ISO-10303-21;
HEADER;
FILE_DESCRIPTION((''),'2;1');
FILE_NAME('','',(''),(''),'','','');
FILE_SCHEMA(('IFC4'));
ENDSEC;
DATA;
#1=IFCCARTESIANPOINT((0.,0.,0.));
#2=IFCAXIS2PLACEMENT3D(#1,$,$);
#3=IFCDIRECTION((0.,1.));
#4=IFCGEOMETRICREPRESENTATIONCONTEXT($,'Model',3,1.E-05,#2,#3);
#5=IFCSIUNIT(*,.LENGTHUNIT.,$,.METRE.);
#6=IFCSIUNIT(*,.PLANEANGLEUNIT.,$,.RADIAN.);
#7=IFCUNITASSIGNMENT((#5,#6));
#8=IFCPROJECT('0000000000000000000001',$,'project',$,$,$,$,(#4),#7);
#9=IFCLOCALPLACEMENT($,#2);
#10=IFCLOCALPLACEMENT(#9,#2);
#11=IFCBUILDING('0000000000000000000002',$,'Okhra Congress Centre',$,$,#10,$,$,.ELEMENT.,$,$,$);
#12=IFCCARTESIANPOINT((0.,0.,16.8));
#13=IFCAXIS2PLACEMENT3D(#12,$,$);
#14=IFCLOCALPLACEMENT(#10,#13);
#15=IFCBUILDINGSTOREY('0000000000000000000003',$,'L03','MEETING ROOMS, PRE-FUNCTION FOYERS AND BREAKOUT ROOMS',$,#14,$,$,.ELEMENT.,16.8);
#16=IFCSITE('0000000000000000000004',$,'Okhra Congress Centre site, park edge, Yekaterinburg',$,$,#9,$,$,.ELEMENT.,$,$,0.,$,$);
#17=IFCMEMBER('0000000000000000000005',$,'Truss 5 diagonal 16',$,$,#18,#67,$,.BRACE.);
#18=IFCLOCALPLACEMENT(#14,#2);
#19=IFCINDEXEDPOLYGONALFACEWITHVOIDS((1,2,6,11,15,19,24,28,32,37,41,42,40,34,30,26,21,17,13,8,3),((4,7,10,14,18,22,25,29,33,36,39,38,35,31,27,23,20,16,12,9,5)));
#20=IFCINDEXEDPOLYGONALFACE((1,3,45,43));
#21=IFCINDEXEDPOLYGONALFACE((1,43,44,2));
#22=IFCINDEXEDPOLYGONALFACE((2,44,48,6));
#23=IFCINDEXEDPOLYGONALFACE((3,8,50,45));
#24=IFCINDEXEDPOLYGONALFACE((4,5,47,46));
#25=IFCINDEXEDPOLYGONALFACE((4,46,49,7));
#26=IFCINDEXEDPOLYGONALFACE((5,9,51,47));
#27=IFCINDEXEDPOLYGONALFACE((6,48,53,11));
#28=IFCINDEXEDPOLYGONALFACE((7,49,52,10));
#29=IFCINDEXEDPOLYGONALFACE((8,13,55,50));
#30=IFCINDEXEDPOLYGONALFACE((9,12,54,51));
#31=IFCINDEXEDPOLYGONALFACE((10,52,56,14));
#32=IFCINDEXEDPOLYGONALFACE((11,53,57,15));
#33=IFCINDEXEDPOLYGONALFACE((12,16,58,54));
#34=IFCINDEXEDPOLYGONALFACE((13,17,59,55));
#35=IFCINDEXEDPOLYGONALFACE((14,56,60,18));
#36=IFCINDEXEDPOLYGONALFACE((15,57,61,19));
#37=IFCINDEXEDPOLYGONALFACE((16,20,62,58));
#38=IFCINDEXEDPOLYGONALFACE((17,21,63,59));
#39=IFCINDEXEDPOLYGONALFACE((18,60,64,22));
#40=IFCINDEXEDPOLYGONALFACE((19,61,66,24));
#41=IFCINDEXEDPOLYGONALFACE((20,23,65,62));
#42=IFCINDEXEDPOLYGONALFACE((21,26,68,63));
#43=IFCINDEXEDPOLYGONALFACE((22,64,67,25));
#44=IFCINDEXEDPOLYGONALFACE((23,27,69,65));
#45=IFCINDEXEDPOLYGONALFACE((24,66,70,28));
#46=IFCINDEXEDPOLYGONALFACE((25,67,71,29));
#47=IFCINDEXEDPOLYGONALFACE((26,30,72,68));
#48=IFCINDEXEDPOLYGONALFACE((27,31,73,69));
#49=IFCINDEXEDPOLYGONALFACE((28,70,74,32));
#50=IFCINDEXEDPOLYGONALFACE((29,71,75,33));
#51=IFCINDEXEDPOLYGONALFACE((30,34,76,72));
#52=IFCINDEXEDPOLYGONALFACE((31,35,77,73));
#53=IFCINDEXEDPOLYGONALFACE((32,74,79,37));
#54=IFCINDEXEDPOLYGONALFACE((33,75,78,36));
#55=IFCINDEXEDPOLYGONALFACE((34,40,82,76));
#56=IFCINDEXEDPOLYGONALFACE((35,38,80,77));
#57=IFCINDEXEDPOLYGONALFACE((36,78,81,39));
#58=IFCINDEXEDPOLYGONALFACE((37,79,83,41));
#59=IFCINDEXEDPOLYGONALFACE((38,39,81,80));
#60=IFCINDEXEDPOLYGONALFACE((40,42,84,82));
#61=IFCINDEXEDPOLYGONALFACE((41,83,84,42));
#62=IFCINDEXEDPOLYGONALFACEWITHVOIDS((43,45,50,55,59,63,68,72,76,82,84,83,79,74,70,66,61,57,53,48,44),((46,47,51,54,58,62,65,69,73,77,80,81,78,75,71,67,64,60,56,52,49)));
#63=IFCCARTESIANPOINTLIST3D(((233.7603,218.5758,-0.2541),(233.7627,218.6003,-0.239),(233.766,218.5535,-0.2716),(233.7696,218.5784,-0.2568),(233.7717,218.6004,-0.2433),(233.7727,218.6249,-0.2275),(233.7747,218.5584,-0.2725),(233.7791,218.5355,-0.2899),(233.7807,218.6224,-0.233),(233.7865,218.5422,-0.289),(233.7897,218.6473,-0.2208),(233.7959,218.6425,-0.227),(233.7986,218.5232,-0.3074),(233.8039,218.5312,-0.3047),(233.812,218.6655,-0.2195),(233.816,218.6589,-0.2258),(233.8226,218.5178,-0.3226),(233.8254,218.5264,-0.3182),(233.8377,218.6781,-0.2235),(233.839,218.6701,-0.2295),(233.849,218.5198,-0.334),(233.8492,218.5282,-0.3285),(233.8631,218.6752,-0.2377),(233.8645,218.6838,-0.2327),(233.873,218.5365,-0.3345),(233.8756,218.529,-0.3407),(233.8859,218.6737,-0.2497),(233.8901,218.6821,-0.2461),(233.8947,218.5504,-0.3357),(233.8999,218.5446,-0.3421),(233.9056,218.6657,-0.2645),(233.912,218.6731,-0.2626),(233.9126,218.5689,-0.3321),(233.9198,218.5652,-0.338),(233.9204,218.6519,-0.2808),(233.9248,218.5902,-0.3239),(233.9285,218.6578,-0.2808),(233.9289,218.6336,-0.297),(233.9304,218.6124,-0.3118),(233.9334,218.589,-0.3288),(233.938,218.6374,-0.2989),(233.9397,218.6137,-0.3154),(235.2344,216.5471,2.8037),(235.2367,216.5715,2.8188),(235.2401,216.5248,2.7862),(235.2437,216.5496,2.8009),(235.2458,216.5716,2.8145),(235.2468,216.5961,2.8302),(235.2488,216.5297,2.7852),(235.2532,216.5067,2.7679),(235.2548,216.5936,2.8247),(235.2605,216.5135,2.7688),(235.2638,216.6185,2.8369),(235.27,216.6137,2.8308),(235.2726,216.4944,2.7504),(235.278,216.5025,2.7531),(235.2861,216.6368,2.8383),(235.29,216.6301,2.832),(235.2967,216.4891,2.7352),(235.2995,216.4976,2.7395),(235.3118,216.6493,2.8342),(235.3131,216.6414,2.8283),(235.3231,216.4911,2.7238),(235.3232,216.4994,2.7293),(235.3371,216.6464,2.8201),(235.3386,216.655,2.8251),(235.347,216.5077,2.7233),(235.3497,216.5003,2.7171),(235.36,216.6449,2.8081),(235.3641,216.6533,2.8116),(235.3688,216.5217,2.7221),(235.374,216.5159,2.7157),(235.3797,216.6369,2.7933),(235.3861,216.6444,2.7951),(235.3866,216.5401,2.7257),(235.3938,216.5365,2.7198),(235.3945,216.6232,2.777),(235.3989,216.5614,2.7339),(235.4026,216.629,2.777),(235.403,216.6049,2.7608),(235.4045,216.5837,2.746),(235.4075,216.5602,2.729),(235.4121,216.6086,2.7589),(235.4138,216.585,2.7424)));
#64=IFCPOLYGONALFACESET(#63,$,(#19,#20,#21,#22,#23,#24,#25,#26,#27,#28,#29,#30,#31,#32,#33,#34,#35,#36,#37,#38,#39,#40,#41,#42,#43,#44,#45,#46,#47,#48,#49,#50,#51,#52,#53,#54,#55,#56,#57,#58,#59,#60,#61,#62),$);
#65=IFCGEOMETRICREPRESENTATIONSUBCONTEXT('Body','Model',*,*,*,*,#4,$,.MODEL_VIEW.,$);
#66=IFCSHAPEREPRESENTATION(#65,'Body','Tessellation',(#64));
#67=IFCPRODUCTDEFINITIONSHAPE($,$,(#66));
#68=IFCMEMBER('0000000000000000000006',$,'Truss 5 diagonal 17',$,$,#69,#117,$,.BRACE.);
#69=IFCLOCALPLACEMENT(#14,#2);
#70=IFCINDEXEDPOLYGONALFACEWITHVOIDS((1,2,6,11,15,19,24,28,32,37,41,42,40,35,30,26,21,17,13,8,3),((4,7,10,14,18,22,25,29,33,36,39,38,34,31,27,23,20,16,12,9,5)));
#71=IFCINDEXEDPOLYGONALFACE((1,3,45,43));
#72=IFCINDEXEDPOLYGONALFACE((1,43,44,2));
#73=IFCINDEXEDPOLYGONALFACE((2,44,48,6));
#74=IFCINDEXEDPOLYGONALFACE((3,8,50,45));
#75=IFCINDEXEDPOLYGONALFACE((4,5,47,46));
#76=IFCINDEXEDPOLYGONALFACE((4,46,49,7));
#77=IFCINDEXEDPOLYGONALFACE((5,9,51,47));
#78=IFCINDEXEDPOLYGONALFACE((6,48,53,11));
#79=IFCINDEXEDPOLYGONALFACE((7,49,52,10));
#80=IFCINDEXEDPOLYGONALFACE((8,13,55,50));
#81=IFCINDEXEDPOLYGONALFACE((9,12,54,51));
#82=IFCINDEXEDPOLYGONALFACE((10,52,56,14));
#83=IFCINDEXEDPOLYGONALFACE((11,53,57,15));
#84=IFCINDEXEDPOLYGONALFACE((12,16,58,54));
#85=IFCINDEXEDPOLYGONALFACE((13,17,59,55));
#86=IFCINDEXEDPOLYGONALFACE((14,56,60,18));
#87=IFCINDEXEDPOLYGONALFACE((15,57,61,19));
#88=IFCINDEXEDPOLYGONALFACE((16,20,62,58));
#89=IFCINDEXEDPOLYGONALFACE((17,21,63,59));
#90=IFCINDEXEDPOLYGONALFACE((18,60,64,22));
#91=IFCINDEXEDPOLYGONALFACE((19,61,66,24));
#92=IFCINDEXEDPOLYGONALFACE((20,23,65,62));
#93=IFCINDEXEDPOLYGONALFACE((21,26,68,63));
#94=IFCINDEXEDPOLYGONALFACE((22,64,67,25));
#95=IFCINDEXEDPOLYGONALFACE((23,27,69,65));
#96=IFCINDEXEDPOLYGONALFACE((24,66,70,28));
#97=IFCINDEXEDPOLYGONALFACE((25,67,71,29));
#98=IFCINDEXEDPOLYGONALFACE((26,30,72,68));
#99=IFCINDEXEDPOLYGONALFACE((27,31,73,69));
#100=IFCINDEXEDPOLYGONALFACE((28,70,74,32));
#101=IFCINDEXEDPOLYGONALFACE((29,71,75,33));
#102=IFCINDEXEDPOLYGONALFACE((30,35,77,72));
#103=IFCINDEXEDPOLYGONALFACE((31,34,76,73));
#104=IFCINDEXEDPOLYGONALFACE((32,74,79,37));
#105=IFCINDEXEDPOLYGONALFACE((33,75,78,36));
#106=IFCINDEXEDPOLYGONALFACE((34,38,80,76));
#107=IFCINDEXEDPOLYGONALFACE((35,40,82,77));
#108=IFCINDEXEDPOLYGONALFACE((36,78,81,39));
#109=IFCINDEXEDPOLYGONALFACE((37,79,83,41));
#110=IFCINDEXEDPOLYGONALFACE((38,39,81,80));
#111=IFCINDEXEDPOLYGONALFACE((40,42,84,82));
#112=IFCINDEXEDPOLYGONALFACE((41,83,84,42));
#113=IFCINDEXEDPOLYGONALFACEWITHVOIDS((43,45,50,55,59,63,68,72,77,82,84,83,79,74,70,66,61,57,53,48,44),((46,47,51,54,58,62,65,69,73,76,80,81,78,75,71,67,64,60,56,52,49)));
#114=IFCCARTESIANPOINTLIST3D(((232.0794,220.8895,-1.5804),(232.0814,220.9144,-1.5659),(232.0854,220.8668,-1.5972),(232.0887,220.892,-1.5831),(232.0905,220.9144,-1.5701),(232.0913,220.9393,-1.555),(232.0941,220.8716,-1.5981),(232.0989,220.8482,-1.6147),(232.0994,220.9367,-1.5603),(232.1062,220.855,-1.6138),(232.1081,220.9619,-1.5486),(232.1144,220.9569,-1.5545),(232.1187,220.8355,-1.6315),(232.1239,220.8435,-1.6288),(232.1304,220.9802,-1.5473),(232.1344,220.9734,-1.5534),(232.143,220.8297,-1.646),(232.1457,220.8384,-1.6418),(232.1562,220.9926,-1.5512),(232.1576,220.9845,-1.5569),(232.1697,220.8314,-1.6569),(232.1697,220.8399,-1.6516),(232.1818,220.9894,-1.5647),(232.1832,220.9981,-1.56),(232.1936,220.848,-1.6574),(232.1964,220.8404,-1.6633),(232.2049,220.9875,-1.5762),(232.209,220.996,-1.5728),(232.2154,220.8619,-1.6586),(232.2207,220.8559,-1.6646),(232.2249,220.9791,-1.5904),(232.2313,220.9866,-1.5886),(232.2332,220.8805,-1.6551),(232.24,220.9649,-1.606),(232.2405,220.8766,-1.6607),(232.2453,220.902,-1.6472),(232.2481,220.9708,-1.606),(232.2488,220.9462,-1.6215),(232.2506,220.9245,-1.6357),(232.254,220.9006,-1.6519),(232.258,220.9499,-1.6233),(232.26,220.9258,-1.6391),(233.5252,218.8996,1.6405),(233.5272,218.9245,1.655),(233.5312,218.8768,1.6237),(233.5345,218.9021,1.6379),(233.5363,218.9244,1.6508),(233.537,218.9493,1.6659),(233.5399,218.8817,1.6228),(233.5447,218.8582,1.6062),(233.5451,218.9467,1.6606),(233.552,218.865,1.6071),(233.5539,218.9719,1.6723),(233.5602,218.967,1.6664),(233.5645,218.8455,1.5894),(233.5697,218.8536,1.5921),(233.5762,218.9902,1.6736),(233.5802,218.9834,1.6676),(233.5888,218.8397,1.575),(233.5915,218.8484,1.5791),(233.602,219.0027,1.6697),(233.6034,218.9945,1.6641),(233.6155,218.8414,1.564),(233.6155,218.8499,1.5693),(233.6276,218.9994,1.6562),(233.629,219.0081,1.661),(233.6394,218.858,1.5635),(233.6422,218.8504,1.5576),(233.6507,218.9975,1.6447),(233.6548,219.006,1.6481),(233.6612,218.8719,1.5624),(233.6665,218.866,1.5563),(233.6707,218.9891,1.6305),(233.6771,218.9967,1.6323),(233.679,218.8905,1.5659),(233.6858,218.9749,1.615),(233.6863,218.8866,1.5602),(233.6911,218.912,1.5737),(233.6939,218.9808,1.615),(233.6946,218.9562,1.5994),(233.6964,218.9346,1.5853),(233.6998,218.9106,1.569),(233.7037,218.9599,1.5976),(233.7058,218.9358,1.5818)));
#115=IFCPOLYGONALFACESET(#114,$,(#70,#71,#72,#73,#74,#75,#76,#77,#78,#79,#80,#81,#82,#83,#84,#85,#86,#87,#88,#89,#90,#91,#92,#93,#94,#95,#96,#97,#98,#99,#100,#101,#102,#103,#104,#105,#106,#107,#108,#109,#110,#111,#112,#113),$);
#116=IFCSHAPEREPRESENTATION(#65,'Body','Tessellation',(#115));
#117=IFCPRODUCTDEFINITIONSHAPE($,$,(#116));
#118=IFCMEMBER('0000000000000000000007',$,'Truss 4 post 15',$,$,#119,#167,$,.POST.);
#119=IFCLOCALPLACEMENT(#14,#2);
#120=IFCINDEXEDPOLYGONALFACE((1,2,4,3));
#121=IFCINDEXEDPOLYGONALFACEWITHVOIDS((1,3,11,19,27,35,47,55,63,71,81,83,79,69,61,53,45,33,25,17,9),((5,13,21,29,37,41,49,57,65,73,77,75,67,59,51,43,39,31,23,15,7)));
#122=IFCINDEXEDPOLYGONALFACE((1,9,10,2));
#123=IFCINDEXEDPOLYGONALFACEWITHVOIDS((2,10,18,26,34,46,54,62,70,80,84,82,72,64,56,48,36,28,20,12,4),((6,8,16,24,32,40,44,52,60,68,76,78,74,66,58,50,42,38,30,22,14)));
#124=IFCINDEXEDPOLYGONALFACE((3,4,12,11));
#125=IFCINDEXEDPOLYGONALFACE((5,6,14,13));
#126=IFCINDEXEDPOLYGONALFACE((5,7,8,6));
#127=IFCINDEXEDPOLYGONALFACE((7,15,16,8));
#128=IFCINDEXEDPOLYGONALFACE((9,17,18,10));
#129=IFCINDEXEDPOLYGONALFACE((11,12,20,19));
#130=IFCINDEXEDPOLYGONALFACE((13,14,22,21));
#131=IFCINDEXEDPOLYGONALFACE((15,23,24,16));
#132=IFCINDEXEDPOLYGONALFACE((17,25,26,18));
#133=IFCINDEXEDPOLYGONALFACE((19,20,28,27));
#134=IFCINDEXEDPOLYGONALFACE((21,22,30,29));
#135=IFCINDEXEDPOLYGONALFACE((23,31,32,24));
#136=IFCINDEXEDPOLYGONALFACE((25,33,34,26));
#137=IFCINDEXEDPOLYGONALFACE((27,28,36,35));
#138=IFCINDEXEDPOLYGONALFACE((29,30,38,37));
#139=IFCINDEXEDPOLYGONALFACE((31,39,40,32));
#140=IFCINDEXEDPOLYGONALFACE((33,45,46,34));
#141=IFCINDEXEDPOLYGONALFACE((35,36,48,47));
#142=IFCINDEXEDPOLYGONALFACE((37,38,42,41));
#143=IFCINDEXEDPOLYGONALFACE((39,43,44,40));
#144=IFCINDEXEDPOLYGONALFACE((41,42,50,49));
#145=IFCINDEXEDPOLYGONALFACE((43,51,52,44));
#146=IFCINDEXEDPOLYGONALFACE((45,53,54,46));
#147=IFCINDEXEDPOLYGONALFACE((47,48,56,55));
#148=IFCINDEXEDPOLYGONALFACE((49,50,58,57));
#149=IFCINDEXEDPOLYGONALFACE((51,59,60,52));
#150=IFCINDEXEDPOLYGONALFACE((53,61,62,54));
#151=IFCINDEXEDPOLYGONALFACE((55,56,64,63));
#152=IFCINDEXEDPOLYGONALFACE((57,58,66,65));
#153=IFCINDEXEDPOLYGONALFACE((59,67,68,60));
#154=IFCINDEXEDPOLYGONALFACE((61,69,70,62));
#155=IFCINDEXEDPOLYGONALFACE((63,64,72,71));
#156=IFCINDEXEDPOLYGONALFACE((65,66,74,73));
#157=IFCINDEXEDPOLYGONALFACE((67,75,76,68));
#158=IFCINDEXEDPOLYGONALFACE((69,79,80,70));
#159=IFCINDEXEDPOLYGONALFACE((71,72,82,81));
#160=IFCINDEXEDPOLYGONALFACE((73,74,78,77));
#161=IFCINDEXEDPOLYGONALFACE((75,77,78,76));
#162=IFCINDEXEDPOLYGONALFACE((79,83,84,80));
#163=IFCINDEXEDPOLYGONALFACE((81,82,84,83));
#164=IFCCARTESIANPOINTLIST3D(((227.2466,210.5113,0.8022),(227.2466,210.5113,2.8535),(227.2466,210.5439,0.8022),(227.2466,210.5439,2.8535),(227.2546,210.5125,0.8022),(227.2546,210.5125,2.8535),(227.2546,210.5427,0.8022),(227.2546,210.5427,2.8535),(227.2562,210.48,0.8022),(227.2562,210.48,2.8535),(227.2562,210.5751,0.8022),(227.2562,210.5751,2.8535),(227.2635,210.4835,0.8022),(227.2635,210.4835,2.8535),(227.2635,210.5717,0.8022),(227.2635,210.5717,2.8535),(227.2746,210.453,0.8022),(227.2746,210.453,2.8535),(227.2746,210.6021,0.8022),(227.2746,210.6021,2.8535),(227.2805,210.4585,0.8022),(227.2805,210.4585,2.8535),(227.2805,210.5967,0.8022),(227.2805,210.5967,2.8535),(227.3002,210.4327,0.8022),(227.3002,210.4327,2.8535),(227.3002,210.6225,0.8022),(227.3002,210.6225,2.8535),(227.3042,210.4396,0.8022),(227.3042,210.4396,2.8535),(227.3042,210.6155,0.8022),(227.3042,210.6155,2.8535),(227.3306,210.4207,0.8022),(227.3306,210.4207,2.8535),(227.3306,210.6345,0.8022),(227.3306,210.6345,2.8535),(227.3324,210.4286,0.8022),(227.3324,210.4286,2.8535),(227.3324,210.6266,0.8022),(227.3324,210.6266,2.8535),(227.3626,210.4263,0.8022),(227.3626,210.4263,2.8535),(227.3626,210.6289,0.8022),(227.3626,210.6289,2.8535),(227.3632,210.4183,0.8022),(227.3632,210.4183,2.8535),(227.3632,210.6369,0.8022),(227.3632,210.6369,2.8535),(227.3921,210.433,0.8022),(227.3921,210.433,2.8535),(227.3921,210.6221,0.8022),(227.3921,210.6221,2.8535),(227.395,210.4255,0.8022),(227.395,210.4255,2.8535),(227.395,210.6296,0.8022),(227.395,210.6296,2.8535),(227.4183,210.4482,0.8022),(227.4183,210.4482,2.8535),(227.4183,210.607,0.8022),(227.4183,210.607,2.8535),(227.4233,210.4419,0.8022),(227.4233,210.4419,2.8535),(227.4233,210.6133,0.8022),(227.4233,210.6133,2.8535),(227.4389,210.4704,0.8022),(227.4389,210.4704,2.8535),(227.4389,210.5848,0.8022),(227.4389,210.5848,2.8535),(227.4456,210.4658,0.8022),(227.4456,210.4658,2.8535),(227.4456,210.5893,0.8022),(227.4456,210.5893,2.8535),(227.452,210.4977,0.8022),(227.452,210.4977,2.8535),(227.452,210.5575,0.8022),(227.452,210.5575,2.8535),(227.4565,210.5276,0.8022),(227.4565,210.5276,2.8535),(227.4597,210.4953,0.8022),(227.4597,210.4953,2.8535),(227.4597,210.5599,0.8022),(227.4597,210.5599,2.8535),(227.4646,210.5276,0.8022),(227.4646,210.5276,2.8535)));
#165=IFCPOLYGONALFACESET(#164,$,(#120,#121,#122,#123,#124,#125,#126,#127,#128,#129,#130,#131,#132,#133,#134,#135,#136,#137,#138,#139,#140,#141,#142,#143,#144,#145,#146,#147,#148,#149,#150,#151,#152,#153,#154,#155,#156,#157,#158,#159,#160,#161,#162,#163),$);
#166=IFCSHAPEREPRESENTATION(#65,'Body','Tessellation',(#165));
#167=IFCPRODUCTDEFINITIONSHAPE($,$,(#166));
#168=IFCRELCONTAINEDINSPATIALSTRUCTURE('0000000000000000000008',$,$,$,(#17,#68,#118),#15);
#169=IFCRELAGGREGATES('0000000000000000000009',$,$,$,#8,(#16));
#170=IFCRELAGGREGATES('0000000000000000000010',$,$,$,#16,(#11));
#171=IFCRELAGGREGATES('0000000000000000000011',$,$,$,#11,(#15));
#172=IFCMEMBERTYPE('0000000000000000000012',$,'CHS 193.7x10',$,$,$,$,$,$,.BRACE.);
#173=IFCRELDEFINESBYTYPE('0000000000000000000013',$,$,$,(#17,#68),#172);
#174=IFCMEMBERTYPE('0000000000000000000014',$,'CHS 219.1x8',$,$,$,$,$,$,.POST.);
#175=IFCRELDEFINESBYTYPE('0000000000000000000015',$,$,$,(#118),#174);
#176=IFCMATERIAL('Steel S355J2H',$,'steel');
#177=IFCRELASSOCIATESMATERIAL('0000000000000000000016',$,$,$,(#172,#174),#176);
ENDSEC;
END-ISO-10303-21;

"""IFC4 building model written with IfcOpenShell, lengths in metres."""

from ifc_helpers import new_model, si_unit, direction, frame, origin, origin_2d, place, context, subcontext, project, spatial, hollow_circle, extrude, material, material_profile, profile_set, type_object, element, save


model = new_model("IFC4")

# Units and contexts
model_context = context("Model", 3, precision=1e-05, world=origin(), true_north=direction((0.0, 1.0)))
body_context = subcontext(model_context, "Body", "Model", "MODEL_VIEW")
ifc_project = project(units=[si_unit("LENGTHUNIT", "METRE"), si_unit("PLANEANGLEUNIT", "RADIAN")], contexts=[model_context])

# Site, building, storey
site_placement = place(None, origin())
site = spatial("IfcSite", under=ifc_project, at=site_placement, Name="Okhra Congress Centre site, park edge, Yekaterinburg", CompositionType="ELEMENT", RefElevation=0.0)
building_placement = place(site_placement, origin())
building = spatial("IfcBuilding", under=site, at=building_placement, Name="Okhra Congress Centre", CompositionType="ELEMENT")
storey_placement = place(building_placement, frame((0.0, 0.0, 16.8)))
storey = spatial("IfcBuildingStorey", under=building, at=storey_placement, Name="L03", Description="MEETING ROOMS, PRE-FUNCTION FOYERS AND BREAKOUT ROOMS", CompositionType="ELEMENT", Elevation=16.8)

# Members
ifc_material_1 = material(Name="Steel S355J2H", Category="steel")
ifc_material_profile_1 = material_profile(ifc_material_1, hollow_circle(Radius=0.0969, WallThickness=0.01, at=origin_2d()), Name="CHS 193.7x10")
ifc_profile_set_1 = profile_set([ifc_material_profile_1], Name="Steel S355J2H")
member_type_1 = type_object("IfcMemberType", Name="CHS 193.7x10", PredefinedType="BRACE", material=ifc_profile_set_1)
member_1_placement = place(storey_placement, frame((233.8501, 218.6008, -0.2808), z_axis=(0.372752, -0.513013, 0.773223), x_axis=(0.808997, 0.587813, 0.0)))
element("IfcMember", 1, at=member_1_placement, inside=storey, type_object=member_type_1, Name="Truss 5 diagonal 16", PredefinedType="BRACE", context=body_context, shape_type="SweptSolid", body=[
    extrude(hollow_circle(Radius=0.0969, WallThickness=0.01, at=origin_2d()), origin(), (0.0, 0.0, 1.0), 3.9546),
])
member_2_placement = place(storey_placement, frame((232.1697, 220.9138, -1.606), z_axis=(0.356744, -0.49102, 0.794753), x_axis=(0.809019, 0.587782, 0.0)))
element("IfcMember", 2, at=member_2_placement, inside=storey, type_object=member_type_1, Name="Truss 5 diagonal 17", PredefinedType="BRACE", context=body_context, shape_type="SweptSolid", body=[
    extrude(hollow_circle(Radius=0.0969, WallThickness=0.01, at=origin_2d()), origin(), (0.0, 0.0, 1.0), 4.0527),
])
ifc_material_profile_2 = material_profile(ifc_material_1, hollow_circle(Radius=0.1096, WallThickness=0.0081, at=origin_2d()), Name="CHS 219.1x8")
ifc_profile_set_2 = profile_set([ifc_material_profile_2], Name="Steel S355J2H")
member_type_2 = type_object("IfcMemberType", Name="CHS 219.1x8", PredefinedType="POST", material=ifc_profile_set_2)
member_3_placement = place(storey_placement, frame((227.355, 210.5276, 0.8022), z_axis=(0.0, 0.0, 1.0), x_axis=(1.0, 0.0, 0.0)))
element("IfcMember", 3, at=member_3_placement, inside=storey, type_object=member_type_2, Name="Truss 4 post 15", PredefinedType="POST", context=body_context, shape_type="SweptSolid", body=[
    extrude(hollow_circle(Radius=0.1096, WallThickness=0.0081, at=origin_2d()), origin(), (0.0, 0.0, 1.0), 2.0513),
])

save(model, "model.ifc")
